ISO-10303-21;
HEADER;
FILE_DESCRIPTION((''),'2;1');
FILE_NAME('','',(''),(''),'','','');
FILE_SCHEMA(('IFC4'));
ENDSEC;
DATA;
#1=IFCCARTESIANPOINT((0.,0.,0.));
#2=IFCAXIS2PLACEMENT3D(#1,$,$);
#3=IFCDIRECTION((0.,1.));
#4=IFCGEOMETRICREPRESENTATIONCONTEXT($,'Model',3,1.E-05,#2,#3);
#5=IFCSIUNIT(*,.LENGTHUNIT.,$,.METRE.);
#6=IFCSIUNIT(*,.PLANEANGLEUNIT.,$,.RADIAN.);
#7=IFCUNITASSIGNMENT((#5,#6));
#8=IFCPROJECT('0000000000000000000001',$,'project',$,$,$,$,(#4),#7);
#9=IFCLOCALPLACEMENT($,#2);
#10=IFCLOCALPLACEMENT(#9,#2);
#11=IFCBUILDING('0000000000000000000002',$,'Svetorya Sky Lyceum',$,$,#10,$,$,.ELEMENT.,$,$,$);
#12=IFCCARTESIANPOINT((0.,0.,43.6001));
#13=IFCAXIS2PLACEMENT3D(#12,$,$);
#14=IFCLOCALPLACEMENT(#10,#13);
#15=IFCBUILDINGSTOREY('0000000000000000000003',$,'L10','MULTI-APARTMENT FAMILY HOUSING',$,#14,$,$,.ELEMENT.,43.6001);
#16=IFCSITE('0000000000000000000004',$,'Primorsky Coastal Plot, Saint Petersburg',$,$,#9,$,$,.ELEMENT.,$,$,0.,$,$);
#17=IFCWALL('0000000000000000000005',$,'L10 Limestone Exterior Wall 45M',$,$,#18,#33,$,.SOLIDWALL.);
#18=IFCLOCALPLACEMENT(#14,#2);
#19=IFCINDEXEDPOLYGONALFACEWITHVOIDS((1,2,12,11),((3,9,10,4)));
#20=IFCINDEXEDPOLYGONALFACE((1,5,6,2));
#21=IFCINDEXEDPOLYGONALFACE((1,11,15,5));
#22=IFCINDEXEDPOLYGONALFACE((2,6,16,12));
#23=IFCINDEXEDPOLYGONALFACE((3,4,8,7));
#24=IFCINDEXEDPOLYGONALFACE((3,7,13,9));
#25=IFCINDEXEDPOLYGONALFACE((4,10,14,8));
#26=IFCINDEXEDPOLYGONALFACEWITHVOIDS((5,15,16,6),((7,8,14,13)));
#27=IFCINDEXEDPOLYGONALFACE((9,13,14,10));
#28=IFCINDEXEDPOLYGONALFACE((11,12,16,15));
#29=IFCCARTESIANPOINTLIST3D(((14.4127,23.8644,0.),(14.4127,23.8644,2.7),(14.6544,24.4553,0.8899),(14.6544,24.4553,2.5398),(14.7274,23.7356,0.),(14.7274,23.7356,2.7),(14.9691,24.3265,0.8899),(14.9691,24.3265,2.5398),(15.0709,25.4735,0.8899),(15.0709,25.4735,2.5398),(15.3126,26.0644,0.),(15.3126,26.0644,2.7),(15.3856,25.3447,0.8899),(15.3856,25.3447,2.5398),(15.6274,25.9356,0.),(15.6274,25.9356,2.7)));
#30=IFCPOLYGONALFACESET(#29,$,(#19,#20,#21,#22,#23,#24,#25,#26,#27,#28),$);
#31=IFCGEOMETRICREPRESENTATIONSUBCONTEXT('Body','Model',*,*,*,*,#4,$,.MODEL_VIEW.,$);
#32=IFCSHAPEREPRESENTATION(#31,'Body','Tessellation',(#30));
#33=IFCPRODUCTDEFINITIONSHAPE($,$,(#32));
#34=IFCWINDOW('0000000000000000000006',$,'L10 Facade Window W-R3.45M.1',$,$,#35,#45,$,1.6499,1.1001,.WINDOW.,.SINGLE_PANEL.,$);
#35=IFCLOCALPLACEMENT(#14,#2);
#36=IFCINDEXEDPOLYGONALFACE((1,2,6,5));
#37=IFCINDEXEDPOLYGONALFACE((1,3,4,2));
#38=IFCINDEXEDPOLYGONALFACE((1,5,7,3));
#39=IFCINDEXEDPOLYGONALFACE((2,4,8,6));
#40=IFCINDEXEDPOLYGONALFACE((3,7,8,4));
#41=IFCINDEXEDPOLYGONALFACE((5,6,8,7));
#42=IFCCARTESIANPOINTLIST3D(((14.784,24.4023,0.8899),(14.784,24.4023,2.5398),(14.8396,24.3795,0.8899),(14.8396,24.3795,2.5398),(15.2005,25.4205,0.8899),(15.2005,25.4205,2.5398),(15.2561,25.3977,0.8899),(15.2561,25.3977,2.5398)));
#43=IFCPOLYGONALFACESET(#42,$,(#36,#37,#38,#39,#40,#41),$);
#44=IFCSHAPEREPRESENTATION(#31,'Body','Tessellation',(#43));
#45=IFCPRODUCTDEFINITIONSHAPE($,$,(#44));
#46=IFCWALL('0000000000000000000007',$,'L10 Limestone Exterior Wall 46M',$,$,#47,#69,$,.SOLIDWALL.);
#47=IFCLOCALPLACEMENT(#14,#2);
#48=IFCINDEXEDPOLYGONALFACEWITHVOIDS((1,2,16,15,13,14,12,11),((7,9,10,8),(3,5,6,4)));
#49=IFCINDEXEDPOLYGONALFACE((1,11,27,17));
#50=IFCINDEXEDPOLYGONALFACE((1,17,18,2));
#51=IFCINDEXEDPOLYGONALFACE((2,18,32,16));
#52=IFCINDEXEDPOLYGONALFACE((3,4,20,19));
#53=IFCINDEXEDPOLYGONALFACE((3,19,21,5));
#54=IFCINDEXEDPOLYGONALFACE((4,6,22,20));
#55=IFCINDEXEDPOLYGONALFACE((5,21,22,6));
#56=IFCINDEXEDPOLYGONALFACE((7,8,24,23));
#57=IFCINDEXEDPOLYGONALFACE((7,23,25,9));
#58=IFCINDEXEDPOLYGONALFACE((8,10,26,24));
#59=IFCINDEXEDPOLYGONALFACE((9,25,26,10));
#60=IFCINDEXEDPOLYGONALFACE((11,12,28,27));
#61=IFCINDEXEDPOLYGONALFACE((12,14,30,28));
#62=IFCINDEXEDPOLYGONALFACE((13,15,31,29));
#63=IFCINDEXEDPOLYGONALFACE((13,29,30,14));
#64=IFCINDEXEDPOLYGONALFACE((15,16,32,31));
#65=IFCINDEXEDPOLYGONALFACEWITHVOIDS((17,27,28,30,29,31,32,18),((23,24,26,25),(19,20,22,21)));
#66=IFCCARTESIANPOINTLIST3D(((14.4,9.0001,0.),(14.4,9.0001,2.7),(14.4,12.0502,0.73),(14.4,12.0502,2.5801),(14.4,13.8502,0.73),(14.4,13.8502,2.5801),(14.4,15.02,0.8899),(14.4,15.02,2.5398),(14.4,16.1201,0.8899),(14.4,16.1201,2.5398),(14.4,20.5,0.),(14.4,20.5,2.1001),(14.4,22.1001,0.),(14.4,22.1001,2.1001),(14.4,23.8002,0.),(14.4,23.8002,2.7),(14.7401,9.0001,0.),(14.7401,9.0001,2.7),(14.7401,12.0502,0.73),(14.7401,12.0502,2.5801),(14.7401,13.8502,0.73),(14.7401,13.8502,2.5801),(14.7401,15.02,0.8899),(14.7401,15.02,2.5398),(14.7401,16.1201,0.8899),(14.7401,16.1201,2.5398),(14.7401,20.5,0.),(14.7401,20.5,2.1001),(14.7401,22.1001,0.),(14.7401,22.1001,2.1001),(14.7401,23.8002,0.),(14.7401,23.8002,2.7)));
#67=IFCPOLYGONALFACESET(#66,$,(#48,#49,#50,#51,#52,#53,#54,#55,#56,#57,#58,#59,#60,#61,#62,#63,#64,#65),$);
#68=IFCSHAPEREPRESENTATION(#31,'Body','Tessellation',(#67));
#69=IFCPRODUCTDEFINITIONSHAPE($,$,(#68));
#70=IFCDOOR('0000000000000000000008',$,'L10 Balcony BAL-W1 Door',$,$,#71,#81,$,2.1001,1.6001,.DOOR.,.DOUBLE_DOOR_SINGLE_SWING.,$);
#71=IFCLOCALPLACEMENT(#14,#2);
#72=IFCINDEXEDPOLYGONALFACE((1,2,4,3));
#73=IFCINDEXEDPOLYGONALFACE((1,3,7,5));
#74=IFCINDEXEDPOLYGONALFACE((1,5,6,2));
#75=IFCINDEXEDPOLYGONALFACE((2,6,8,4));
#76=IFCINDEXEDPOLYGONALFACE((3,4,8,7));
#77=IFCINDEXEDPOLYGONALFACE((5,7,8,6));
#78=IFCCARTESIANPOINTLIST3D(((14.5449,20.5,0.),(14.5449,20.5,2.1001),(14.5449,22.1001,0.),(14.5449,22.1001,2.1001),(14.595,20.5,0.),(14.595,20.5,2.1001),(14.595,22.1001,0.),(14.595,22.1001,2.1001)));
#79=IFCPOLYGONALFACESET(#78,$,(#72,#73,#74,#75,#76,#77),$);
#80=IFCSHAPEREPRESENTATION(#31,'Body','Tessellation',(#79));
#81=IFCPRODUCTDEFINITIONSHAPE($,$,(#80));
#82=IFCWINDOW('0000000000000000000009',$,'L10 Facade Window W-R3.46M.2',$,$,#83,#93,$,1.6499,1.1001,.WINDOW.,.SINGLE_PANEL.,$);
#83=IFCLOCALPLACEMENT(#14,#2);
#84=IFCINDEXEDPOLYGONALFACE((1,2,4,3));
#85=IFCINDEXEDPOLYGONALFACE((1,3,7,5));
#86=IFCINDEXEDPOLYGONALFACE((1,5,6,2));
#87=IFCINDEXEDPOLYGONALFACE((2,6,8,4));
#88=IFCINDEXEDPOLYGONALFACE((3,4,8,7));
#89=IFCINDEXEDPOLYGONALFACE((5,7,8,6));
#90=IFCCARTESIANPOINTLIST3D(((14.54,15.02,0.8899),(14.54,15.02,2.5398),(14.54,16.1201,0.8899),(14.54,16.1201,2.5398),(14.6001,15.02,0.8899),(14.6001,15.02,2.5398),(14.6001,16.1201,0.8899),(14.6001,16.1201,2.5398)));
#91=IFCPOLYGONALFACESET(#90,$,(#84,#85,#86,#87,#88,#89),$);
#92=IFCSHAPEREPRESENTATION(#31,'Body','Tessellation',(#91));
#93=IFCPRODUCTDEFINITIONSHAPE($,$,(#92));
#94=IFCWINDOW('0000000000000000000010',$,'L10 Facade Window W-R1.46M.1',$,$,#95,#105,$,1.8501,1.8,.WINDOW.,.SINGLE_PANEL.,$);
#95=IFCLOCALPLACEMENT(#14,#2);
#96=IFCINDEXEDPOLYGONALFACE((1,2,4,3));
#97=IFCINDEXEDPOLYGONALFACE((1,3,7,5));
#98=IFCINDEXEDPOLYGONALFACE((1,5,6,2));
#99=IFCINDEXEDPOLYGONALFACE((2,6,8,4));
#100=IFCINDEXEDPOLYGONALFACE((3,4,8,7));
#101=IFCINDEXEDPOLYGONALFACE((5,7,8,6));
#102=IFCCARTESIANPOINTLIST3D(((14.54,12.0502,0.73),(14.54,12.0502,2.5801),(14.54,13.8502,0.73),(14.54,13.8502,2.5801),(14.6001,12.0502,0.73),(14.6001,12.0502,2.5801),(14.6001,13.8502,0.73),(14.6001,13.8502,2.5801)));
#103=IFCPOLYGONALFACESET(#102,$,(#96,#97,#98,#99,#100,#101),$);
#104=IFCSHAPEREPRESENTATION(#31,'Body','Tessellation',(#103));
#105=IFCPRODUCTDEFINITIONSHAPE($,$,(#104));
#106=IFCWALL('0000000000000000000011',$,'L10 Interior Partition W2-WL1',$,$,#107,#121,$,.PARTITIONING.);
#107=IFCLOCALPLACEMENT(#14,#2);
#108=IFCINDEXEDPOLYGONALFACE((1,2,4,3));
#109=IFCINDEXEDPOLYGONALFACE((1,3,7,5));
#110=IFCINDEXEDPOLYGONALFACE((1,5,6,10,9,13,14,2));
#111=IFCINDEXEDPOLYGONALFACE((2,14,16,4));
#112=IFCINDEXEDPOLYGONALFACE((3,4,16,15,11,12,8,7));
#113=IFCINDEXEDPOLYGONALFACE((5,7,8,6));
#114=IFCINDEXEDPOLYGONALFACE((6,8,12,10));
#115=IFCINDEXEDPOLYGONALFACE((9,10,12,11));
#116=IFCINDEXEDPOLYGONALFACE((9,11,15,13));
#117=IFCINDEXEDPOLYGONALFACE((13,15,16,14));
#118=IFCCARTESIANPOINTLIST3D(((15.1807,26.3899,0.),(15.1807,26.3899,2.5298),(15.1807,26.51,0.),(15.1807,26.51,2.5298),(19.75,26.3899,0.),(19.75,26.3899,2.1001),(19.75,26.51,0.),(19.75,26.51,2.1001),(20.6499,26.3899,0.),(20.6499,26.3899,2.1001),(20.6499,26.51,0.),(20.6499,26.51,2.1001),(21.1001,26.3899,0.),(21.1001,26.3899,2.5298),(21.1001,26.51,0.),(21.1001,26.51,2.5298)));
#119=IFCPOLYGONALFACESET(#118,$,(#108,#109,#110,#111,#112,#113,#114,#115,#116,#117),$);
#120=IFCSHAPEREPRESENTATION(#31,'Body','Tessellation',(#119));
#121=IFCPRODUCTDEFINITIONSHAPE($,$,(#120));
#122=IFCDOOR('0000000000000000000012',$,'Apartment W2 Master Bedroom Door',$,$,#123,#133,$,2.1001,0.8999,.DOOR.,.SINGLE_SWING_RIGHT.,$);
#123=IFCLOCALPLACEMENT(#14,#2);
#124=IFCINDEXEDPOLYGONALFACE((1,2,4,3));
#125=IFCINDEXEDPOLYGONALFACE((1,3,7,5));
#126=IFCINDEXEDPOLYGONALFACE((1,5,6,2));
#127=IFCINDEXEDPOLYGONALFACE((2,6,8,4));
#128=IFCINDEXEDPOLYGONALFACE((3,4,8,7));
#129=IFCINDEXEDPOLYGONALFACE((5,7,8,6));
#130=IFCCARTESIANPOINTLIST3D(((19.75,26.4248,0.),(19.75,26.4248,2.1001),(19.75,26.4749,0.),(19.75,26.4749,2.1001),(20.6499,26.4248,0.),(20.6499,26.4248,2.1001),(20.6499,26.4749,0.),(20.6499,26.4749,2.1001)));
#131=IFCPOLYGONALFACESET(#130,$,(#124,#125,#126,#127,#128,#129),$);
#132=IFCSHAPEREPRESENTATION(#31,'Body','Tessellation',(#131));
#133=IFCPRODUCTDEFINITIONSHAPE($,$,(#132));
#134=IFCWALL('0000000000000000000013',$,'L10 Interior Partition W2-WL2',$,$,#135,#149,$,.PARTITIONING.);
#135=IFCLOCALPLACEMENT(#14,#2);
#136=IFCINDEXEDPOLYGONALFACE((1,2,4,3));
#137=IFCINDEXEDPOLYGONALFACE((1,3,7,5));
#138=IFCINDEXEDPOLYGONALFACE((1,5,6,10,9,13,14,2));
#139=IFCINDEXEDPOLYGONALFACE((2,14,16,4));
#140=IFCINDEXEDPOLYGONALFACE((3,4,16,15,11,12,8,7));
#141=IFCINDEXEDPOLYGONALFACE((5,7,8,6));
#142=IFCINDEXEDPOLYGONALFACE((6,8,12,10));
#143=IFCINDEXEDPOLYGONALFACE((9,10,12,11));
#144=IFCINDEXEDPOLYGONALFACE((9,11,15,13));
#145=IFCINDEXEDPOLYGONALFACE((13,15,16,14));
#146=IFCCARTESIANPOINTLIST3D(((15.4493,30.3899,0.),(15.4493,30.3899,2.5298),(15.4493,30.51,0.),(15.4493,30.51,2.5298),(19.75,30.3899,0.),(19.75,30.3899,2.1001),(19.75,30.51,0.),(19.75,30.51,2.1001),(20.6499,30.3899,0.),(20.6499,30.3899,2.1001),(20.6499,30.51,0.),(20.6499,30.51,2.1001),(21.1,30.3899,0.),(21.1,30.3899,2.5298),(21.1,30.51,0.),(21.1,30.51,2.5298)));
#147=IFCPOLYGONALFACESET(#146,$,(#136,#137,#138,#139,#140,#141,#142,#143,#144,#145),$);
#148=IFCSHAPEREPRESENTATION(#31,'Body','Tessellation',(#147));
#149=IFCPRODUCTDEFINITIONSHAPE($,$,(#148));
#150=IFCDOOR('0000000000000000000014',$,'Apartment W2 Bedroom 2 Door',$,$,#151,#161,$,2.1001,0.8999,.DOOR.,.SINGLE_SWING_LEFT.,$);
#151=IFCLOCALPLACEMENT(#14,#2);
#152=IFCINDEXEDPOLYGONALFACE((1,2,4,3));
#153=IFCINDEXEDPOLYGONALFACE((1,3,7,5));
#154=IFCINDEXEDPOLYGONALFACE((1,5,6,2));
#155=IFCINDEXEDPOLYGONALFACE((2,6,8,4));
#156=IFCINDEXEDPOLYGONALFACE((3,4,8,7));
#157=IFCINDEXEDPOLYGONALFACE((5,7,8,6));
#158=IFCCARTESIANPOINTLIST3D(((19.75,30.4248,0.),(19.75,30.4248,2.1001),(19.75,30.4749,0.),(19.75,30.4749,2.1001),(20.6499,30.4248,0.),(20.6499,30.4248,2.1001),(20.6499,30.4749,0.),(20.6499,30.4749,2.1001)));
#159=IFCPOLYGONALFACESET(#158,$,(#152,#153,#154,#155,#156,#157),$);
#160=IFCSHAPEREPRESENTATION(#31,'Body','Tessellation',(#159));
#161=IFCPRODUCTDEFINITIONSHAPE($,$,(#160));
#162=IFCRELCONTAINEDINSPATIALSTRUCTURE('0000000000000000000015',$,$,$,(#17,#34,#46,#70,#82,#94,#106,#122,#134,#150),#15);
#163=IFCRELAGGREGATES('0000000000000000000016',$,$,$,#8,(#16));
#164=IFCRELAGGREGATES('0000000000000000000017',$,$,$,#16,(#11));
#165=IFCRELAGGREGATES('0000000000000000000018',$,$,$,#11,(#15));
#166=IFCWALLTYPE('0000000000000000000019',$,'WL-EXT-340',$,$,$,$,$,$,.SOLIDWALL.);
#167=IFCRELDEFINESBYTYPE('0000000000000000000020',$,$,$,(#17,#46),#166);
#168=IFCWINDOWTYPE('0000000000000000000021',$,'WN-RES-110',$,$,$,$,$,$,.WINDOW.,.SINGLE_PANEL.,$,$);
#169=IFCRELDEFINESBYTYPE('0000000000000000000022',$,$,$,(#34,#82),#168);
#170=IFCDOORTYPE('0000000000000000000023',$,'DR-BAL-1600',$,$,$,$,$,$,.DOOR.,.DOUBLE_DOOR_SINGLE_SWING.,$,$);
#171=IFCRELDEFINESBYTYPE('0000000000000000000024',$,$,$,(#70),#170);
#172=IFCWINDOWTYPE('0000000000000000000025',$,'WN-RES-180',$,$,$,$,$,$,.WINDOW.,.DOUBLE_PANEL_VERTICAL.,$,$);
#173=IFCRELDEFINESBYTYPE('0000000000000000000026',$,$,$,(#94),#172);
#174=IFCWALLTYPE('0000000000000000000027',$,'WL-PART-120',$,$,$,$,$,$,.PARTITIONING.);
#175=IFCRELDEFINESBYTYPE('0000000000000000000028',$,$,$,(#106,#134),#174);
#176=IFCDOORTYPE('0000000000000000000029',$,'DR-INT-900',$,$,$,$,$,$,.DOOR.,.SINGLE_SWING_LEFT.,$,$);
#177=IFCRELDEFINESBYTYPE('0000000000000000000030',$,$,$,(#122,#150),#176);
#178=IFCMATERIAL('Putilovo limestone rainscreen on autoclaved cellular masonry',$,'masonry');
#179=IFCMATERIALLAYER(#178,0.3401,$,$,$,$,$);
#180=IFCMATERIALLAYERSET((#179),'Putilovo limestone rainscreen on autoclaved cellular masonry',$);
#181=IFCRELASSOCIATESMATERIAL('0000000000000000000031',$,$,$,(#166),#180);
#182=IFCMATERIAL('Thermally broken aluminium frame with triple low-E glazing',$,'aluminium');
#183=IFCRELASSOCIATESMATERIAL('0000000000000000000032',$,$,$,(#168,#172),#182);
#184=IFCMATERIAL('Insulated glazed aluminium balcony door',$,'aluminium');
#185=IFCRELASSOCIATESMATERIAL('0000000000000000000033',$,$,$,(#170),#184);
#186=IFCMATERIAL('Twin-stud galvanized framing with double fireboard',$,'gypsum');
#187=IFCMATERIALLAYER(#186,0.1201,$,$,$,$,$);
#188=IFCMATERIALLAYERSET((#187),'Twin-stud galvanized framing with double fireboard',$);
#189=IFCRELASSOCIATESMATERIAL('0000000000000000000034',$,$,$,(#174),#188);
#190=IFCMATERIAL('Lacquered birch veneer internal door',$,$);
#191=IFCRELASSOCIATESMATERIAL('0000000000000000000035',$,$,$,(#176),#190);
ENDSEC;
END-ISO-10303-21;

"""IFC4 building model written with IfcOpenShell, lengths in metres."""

from ifc_helpers import new_model, si_unit, direction, frame, frame_2d, origin, place, context, subcontext, project, spatial, rectangle, extrude, material, layer, layer_set, type_object, element, fill, save


model = new_model("IFC4")

# Units and contexts
model_context = context("Model", 3, precision=1e-05, world=origin(), true_north=direction((0.0, 1.0)))
body_context = subcontext(model_context, "Body", "Model", "MODEL_VIEW")
ifc_project = project(units=[si_unit("LENGTHUNIT", "METRE"), si_unit("PLANEANGLEUNIT", "RADIAN")], contexts=[model_context])

# Site, building, storey
site_placement = place(None, origin())
site = spatial("IfcSite", under=ifc_project, at=site_placement, Name="Primorsky Coastal Plot, Saint Petersburg", CompositionType="ELEMENT", RefElevation=0.0)
building_placement = place(site_placement, origin())
building = spatial("IfcBuilding", under=site, at=building_placement, Name="Svetorya Sky Lyceum", CompositionType="ELEMENT")
storey_placement = place(building_placement, frame((0.0, 0.0, 43.6001)))
storey = spatial("IfcBuildingStorey", under=building, at=storey_placement, Name="L10", Description="MULTI-APARTMENT FAMILY HOUSING", CompositionType="ELEMENT", Elevation=43.6001)

# Shared definitions
ifc_material_1 = material(Name="Putilovo limestone rainscreen on autoclaved cellular masonry", Category="masonry")
ifc_layer_1 = layer(ifc_material_1, 0.3401)
ifc_layer_set_1 = layer_set([ifc_layer_1], Name="Putilovo limestone rainscreen on autoclaved cellular masonry")
wall_type_1 = type_object("IfcWallType", Name="WL-EXT-340", PredefinedType="SOLIDWALL", material=ifc_layer_set_1)
ifc_material_2 = material(Name="Thermally broken aluminium frame with triple low-E glazing", Category="aluminium")
window_type_1 = type_object("IfcWindowType", Name="WN-RES-110", PartitioningType="SINGLE_PANEL", PredefinedType="WINDOW", material=ifc_material_2)

# Wall, opening, window
wall_1_placement = place(storey_placement, frame((15.47, 26.0, 0.0), z_axis=(0.0, 0.0, 1.0), x_axis=(-0.378605, -0.925558, 0.0)))
wall_1 = element("IfcWall", 1, at=wall_1_placement, inside=storey, type_object=wall_type_1, Name="L10 Limestone Exterior Wall 45M", PredefinedType="SOLIDWALL", context=body_context, shape_type="SweptSolid", body=[
    extrude(rectangle(XDim=2.377, YDim=0.3401, at=frame_2d((1.1885, 0.0))), origin(), (0.0, 0.0, 1.0), 2.7),
])
opening_1_placement = place(wall_1_placement, frame((0.6384, 0.0, 0.8899)))
opening_1 = element("IfcOpeningElement", 2, at=opening_1_placement, cuts=wall_1, PredefinedType="OPENING", context=body_context, shape_type="SweptSolid", body=[
    extrude(rectangle(XDim=1.1001, YDim=1.6499, at=frame_2d((0.55, 0.825))), frame((0.0, 0.1799, 0.0), z_axis=(0.0, -1.0, 0.0), x_axis=(1.0, 0.0, 0.0)), (0.0, 0.0, 1.0), 0.3601),
])
window_1_placement = place(opening_1_placement, origin())
window_1 = element("IfcWindow", 3, at=window_1_placement, inside=storey, type_object=window_type_1, Name="L10 Facade Window W-R3.45M.1", OverallHeight=1.6499, OverallWidth=1.1001, PartitioningType="SINGLE_PANEL", PredefinedType="WINDOW", context=body_context, shape_type="SweptSolid", body=[
    extrude(rectangle(XDim=1.1001, YDim=1.6499, at=frame_2d((0.55, 0.825))), frame((0.0, 0.03, 0.0), z_axis=(0.0, -1.0, 0.0), x_axis=(1.0, 0.0, 0.0)), (0.0, 0.0, 1.0), 0.0601),
])
fill(opening_1, window_1)

# Wall, openings, door, windows
wall_2_placement = place(storey_placement, frame((14.5701, 23.8, 0.0), z_axis=(0.0, 0.0, 1.0), x_axis=(0.0, -1.0, 0.0)))
wall_2 = element("IfcWall", 4, at=wall_2_placement, inside=storey, type_object=wall_type_1, Name="L10 Limestone Exterior Wall 46M", PredefinedType="SOLIDWALL", context=body_context, shape_type="SweptSolid", body=[
    extrude(rectangle(XDim=14.8, YDim=0.3401, at=frame_2d((7.3999, 0.0))), origin(), (0.0, 0.0, 1.0), 2.7),
])
opening_2_placement = place(wall_2_placement, frame((1.7, 0.0, 0.0)))
opening_2 = element("IfcOpeningElement", 5, at=opening_2_placement, cuts=wall_2, PredefinedType="OPENING", context=body_context, shape_type="SweptSolid", body=[
    extrude(rectangle(XDim=1.6001, YDim=2.1001, at=frame_2d((0.8, 1.05))), frame((0.0, 0.1799, 0.0), z_axis=(0.0, -1.0, 0.0), x_axis=(1.0, 0.0, 0.0)), (0.0, 0.0, 1.0), 0.3601),
])
opening_3_placement = place(wall_2_placement, frame((7.6799, 0.0, 0.8899)))
opening_3 = element("IfcOpeningElement", 6, at=opening_3_placement, cuts=wall_2, PredefinedType="OPENING", context=body_context, shape_type="SweptSolid", body=[
    extrude(rectangle(XDim=1.1001, YDim=1.6499, at=frame_2d((0.55, 0.825))), frame((0.0, 0.1799, 0.0), z_axis=(0.0, -1.0, 0.0), x_axis=(1.0, 0.0, 0.0)), (0.0, 0.0, 1.0), 0.3601),
])
opening_4_placement = place(wall_2_placement, frame((9.95, 0.0, 0.73)))
opening_4 = element("IfcOpeningElement", 7, at=opening_4_placement, cuts=wall_2, PredefinedType="OPENING", context=body_context, shape_type="SweptSolid", body=[
    extrude(rectangle(XDim=1.8, YDim=1.8501, at=frame_2d((0.8999, 0.925))), frame((0.0, 0.1799, 0.0), z_axis=(0.0, -1.0, 0.0), x_axis=(1.0, 0.0, 0.0)), (0.0, 0.0, 1.0), 0.3601),
])
ifc_material_3 = material(Name="Insulated glazed aluminium balcony door", Category="aluminium")
door_type_1 = type_object("IfcDoorType", Name="DR-BAL-1600", OperationType="DOUBLE_DOOR_SINGLE_SWING", PredefinedType="DOOR", material=ifc_material_3)
door_1_placement = place(opening_2_placement, origin())
door_1 = element("IfcDoor", 8, at=door_1_placement, inside=storey, type_object=door_type_1, Name="L10 Balcony BAL-W1 Door", OperationType="DOUBLE_DOOR_SINGLE_SWING", OverallHeight=2.1001, OverallWidth=1.6001, PredefinedType="DOOR", context=body_context, shape_type="SweptSolid", body=[
    extrude(rectangle(XDim=1.6001, YDim=2.1001, at=frame_2d((0.8, 1.05))), frame((0.0, 0.0249, 0.0), z_axis=(0.0, -1.0, 0.0), x_axis=(1.0, 0.0, 0.0)), (0.0, 0.0, 1.0), 0.05),
])
fill(opening_2, door_1)
window_2_placement = place(opening_3_placement, origin())
window_2 = element("IfcWindow", 9, at=window_2_placement, inside=storey, type_object=window_type_1, Name="L10 Facade Window W-R3.46M.2", OverallHeight=1.6499, OverallWidth=1.1001, PartitioningType="SINGLE_PANEL", PredefinedType="WINDOW", context=body_context, shape_type="SweptSolid", body=[
    extrude(rectangle(XDim=1.1001, YDim=1.6499, at=frame_2d((0.55, 0.825))), frame((0.0, 0.03, 0.0), z_axis=(0.0, -1.0, 0.0), x_axis=(1.0, 0.0, 0.0)), (0.0, 0.0, 1.0), 0.0601),
])
fill(opening_3, window_2)
window_type_2 = type_object("IfcWindowType", Name="WN-RES-180", PartitioningType="DOUBLE_PANEL_VERTICAL", PredefinedType="WINDOW", material=ifc_material_2)
window_3_placement = place(opening_4_placement, origin())
window_3 = element("IfcWindow", 10, at=window_3_placement, inside=storey, type_object=window_type_2, Name="L10 Facade Window W-R1.46M.1", OverallHeight=1.8501, OverallWidth=1.8, PartitioningType="SINGLE_PANEL", PredefinedType="WINDOW", context=body_context, shape_type="SweptSolid", body=[
    extrude(rectangle(XDim=1.8, YDim=1.8501, at=frame_2d((0.8999, 0.925))), frame((0.0, 0.03, 0.0), z_axis=(0.0, -1.0, 0.0), x_axis=(1.0, 0.0, 0.0)), (0.0, 0.0, 1.0), 0.0601),
])
fill(opening_4, window_3)

# Walls, openings, doors
ifc_material_4 = material(Name="Twin-stud galvanized framing with double fireboard", Category="gypsum")
ifc_layer_2 = layer(ifc_material_4, 0.1201)
ifc_layer_set_2 = layer_set([ifc_layer_2], Name="Twin-stud galvanized framing with double fireboard")
wall_type_2 = type_object("IfcWallType", Name="WL-PART-120", PredefinedType="PARTITIONING", material=ifc_layer_set_2)
wall_3_placement = place(storey_placement, frame((15.1807, 26.45, 0.0), z_axis=(0.0, 0.0, 1.0), x_axis=(1.0, 0.0, 0.0)))
wall_3 = element("IfcWall", 11, at=wall_3_placement, inside=storey, type_object=wall_type_2, Name="L10 Interior Partition W2-WL1", PredefinedType="PARTITIONING", context=body_context, shape_type="SweptSolid", body=[
    extrude(rectangle(XDim=5.9194, YDim=0.1201, at=frame_2d((2.9597, 0.0))), origin(), (0.0, 0.0, 1.0), 2.5298),
])
opening_5_placement = place(wall_3_placement, frame((4.5693, 0.0, 0.0)))
opening_5 = element("IfcOpeningElement", 12, at=opening_5_placement, cuts=wall_3, PredefinedType="OPENING", context=body_context, shape_type="SweptSolid", body=[
    extrude(rectangle(XDim=0.8999, YDim=2.1001, at=frame_2d((0.45, 1.05))), frame((0.0, 0.0701, 0.0), z_axis=(0.0, -1.0, 0.0), x_axis=(1.0, 0.0, 0.0)), (0.0, 0.0, 1.0), 0.1401),
])
ifc_material_5 = material(Name="Lacquered birch veneer internal door")
door_type_2 = type_object("IfcDoorType", Name="DR-INT-900", OperationType="SINGLE_SWING_LEFT", PredefinedType="DOOR", material=ifc_material_5)
door_2_placement = place(opening_5_placement, origin())
door_2 = element("IfcDoor", 13, at=door_2_placement, inside=storey, type_object=door_type_2, Name="Apartment W2 Master Bedroom Door", OperationType="SINGLE_SWING_RIGHT", OverallHeight=2.1001, OverallWidth=0.8999, PredefinedType="DOOR", context=body_context, shape_type="SweptSolid", body=[
    extrude(rectangle(XDim=0.8999, YDim=2.1001, at=frame_2d((0.45, 1.05))), frame((0.0, 0.0249, 0.0), z_axis=(0.0, -1.0, 0.0), x_axis=(1.0, 0.0, 0.0)), (0.0, 0.0, 1.0), 0.05),
])
fill(opening_5, door_2)
wall_4_placement = place(storey_placement, frame((15.4495, 30.45, 0.0), z_axis=(0.0, 0.0, 1.0), x_axis=(1.0, 0.0, 0.0)))
wall_4 = element("IfcWall", 14, at=wall_4_placement, inside=storey, type_object=wall_type_2, Name="L10 Interior Partition W2-WL2", PredefinedType="PARTITIONING", context=body_context, shape_type="SweptSolid", body=[
    extrude(rectangle(XDim=5.6506, YDim=0.1201, at=frame_2d((2.8252, 0.0))), origin(), (0.0, 0.0, 1.0), 2.5298),
])
opening_6_placement = place(wall_4_placement, frame((4.3005, 0.0, 0.0)))
opening_6 = element("IfcOpeningElement", 15, at=opening_6_placement, cuts=wall_4, PredefinedType="OPENING", context=body_context, shape_type="SweptSolid", body=[
    extrude(rectangle(XDim=0.8999, YDim=2.1001, at=frame_2d((0.45, 1.05))), frame((0.0, 0.0701, 0.0), z_axis=(0.0, -1.0, 0.0), x_axis=(1.0, 0.0, 0.0)), (0.0, 0.0, 1.0), 0.1401),
])
door_3_placement = place(opening_6_placement, origin())
door_3 = element("IfcDoor", 16, at=door_3_placement, inside=storey, type_object=door_type_2, Name="Apartment W2 Bedroom 2 Door", OperationType="SINGLE_SWING_LEFT", OverallHeight=2.1001, OverallWidth=0.8999, PredefinedType="DOOR", context=body_context, shape_type="SweptSolid", body=[
    extrude(rectangle(XDim=0.8999, YDim=2.1001, at=frame_2d((0.45, 1.05))), frame((0.0, 0.0249, 0.0), z_axis=(0.0, -1.0, 0.0), x_axis=(1.0, 0.0, 0.0)), (0.0, 0.0, 1.0), 0.05),
])
fill(opening_6, door_3)

save(model, "model.ifc")
